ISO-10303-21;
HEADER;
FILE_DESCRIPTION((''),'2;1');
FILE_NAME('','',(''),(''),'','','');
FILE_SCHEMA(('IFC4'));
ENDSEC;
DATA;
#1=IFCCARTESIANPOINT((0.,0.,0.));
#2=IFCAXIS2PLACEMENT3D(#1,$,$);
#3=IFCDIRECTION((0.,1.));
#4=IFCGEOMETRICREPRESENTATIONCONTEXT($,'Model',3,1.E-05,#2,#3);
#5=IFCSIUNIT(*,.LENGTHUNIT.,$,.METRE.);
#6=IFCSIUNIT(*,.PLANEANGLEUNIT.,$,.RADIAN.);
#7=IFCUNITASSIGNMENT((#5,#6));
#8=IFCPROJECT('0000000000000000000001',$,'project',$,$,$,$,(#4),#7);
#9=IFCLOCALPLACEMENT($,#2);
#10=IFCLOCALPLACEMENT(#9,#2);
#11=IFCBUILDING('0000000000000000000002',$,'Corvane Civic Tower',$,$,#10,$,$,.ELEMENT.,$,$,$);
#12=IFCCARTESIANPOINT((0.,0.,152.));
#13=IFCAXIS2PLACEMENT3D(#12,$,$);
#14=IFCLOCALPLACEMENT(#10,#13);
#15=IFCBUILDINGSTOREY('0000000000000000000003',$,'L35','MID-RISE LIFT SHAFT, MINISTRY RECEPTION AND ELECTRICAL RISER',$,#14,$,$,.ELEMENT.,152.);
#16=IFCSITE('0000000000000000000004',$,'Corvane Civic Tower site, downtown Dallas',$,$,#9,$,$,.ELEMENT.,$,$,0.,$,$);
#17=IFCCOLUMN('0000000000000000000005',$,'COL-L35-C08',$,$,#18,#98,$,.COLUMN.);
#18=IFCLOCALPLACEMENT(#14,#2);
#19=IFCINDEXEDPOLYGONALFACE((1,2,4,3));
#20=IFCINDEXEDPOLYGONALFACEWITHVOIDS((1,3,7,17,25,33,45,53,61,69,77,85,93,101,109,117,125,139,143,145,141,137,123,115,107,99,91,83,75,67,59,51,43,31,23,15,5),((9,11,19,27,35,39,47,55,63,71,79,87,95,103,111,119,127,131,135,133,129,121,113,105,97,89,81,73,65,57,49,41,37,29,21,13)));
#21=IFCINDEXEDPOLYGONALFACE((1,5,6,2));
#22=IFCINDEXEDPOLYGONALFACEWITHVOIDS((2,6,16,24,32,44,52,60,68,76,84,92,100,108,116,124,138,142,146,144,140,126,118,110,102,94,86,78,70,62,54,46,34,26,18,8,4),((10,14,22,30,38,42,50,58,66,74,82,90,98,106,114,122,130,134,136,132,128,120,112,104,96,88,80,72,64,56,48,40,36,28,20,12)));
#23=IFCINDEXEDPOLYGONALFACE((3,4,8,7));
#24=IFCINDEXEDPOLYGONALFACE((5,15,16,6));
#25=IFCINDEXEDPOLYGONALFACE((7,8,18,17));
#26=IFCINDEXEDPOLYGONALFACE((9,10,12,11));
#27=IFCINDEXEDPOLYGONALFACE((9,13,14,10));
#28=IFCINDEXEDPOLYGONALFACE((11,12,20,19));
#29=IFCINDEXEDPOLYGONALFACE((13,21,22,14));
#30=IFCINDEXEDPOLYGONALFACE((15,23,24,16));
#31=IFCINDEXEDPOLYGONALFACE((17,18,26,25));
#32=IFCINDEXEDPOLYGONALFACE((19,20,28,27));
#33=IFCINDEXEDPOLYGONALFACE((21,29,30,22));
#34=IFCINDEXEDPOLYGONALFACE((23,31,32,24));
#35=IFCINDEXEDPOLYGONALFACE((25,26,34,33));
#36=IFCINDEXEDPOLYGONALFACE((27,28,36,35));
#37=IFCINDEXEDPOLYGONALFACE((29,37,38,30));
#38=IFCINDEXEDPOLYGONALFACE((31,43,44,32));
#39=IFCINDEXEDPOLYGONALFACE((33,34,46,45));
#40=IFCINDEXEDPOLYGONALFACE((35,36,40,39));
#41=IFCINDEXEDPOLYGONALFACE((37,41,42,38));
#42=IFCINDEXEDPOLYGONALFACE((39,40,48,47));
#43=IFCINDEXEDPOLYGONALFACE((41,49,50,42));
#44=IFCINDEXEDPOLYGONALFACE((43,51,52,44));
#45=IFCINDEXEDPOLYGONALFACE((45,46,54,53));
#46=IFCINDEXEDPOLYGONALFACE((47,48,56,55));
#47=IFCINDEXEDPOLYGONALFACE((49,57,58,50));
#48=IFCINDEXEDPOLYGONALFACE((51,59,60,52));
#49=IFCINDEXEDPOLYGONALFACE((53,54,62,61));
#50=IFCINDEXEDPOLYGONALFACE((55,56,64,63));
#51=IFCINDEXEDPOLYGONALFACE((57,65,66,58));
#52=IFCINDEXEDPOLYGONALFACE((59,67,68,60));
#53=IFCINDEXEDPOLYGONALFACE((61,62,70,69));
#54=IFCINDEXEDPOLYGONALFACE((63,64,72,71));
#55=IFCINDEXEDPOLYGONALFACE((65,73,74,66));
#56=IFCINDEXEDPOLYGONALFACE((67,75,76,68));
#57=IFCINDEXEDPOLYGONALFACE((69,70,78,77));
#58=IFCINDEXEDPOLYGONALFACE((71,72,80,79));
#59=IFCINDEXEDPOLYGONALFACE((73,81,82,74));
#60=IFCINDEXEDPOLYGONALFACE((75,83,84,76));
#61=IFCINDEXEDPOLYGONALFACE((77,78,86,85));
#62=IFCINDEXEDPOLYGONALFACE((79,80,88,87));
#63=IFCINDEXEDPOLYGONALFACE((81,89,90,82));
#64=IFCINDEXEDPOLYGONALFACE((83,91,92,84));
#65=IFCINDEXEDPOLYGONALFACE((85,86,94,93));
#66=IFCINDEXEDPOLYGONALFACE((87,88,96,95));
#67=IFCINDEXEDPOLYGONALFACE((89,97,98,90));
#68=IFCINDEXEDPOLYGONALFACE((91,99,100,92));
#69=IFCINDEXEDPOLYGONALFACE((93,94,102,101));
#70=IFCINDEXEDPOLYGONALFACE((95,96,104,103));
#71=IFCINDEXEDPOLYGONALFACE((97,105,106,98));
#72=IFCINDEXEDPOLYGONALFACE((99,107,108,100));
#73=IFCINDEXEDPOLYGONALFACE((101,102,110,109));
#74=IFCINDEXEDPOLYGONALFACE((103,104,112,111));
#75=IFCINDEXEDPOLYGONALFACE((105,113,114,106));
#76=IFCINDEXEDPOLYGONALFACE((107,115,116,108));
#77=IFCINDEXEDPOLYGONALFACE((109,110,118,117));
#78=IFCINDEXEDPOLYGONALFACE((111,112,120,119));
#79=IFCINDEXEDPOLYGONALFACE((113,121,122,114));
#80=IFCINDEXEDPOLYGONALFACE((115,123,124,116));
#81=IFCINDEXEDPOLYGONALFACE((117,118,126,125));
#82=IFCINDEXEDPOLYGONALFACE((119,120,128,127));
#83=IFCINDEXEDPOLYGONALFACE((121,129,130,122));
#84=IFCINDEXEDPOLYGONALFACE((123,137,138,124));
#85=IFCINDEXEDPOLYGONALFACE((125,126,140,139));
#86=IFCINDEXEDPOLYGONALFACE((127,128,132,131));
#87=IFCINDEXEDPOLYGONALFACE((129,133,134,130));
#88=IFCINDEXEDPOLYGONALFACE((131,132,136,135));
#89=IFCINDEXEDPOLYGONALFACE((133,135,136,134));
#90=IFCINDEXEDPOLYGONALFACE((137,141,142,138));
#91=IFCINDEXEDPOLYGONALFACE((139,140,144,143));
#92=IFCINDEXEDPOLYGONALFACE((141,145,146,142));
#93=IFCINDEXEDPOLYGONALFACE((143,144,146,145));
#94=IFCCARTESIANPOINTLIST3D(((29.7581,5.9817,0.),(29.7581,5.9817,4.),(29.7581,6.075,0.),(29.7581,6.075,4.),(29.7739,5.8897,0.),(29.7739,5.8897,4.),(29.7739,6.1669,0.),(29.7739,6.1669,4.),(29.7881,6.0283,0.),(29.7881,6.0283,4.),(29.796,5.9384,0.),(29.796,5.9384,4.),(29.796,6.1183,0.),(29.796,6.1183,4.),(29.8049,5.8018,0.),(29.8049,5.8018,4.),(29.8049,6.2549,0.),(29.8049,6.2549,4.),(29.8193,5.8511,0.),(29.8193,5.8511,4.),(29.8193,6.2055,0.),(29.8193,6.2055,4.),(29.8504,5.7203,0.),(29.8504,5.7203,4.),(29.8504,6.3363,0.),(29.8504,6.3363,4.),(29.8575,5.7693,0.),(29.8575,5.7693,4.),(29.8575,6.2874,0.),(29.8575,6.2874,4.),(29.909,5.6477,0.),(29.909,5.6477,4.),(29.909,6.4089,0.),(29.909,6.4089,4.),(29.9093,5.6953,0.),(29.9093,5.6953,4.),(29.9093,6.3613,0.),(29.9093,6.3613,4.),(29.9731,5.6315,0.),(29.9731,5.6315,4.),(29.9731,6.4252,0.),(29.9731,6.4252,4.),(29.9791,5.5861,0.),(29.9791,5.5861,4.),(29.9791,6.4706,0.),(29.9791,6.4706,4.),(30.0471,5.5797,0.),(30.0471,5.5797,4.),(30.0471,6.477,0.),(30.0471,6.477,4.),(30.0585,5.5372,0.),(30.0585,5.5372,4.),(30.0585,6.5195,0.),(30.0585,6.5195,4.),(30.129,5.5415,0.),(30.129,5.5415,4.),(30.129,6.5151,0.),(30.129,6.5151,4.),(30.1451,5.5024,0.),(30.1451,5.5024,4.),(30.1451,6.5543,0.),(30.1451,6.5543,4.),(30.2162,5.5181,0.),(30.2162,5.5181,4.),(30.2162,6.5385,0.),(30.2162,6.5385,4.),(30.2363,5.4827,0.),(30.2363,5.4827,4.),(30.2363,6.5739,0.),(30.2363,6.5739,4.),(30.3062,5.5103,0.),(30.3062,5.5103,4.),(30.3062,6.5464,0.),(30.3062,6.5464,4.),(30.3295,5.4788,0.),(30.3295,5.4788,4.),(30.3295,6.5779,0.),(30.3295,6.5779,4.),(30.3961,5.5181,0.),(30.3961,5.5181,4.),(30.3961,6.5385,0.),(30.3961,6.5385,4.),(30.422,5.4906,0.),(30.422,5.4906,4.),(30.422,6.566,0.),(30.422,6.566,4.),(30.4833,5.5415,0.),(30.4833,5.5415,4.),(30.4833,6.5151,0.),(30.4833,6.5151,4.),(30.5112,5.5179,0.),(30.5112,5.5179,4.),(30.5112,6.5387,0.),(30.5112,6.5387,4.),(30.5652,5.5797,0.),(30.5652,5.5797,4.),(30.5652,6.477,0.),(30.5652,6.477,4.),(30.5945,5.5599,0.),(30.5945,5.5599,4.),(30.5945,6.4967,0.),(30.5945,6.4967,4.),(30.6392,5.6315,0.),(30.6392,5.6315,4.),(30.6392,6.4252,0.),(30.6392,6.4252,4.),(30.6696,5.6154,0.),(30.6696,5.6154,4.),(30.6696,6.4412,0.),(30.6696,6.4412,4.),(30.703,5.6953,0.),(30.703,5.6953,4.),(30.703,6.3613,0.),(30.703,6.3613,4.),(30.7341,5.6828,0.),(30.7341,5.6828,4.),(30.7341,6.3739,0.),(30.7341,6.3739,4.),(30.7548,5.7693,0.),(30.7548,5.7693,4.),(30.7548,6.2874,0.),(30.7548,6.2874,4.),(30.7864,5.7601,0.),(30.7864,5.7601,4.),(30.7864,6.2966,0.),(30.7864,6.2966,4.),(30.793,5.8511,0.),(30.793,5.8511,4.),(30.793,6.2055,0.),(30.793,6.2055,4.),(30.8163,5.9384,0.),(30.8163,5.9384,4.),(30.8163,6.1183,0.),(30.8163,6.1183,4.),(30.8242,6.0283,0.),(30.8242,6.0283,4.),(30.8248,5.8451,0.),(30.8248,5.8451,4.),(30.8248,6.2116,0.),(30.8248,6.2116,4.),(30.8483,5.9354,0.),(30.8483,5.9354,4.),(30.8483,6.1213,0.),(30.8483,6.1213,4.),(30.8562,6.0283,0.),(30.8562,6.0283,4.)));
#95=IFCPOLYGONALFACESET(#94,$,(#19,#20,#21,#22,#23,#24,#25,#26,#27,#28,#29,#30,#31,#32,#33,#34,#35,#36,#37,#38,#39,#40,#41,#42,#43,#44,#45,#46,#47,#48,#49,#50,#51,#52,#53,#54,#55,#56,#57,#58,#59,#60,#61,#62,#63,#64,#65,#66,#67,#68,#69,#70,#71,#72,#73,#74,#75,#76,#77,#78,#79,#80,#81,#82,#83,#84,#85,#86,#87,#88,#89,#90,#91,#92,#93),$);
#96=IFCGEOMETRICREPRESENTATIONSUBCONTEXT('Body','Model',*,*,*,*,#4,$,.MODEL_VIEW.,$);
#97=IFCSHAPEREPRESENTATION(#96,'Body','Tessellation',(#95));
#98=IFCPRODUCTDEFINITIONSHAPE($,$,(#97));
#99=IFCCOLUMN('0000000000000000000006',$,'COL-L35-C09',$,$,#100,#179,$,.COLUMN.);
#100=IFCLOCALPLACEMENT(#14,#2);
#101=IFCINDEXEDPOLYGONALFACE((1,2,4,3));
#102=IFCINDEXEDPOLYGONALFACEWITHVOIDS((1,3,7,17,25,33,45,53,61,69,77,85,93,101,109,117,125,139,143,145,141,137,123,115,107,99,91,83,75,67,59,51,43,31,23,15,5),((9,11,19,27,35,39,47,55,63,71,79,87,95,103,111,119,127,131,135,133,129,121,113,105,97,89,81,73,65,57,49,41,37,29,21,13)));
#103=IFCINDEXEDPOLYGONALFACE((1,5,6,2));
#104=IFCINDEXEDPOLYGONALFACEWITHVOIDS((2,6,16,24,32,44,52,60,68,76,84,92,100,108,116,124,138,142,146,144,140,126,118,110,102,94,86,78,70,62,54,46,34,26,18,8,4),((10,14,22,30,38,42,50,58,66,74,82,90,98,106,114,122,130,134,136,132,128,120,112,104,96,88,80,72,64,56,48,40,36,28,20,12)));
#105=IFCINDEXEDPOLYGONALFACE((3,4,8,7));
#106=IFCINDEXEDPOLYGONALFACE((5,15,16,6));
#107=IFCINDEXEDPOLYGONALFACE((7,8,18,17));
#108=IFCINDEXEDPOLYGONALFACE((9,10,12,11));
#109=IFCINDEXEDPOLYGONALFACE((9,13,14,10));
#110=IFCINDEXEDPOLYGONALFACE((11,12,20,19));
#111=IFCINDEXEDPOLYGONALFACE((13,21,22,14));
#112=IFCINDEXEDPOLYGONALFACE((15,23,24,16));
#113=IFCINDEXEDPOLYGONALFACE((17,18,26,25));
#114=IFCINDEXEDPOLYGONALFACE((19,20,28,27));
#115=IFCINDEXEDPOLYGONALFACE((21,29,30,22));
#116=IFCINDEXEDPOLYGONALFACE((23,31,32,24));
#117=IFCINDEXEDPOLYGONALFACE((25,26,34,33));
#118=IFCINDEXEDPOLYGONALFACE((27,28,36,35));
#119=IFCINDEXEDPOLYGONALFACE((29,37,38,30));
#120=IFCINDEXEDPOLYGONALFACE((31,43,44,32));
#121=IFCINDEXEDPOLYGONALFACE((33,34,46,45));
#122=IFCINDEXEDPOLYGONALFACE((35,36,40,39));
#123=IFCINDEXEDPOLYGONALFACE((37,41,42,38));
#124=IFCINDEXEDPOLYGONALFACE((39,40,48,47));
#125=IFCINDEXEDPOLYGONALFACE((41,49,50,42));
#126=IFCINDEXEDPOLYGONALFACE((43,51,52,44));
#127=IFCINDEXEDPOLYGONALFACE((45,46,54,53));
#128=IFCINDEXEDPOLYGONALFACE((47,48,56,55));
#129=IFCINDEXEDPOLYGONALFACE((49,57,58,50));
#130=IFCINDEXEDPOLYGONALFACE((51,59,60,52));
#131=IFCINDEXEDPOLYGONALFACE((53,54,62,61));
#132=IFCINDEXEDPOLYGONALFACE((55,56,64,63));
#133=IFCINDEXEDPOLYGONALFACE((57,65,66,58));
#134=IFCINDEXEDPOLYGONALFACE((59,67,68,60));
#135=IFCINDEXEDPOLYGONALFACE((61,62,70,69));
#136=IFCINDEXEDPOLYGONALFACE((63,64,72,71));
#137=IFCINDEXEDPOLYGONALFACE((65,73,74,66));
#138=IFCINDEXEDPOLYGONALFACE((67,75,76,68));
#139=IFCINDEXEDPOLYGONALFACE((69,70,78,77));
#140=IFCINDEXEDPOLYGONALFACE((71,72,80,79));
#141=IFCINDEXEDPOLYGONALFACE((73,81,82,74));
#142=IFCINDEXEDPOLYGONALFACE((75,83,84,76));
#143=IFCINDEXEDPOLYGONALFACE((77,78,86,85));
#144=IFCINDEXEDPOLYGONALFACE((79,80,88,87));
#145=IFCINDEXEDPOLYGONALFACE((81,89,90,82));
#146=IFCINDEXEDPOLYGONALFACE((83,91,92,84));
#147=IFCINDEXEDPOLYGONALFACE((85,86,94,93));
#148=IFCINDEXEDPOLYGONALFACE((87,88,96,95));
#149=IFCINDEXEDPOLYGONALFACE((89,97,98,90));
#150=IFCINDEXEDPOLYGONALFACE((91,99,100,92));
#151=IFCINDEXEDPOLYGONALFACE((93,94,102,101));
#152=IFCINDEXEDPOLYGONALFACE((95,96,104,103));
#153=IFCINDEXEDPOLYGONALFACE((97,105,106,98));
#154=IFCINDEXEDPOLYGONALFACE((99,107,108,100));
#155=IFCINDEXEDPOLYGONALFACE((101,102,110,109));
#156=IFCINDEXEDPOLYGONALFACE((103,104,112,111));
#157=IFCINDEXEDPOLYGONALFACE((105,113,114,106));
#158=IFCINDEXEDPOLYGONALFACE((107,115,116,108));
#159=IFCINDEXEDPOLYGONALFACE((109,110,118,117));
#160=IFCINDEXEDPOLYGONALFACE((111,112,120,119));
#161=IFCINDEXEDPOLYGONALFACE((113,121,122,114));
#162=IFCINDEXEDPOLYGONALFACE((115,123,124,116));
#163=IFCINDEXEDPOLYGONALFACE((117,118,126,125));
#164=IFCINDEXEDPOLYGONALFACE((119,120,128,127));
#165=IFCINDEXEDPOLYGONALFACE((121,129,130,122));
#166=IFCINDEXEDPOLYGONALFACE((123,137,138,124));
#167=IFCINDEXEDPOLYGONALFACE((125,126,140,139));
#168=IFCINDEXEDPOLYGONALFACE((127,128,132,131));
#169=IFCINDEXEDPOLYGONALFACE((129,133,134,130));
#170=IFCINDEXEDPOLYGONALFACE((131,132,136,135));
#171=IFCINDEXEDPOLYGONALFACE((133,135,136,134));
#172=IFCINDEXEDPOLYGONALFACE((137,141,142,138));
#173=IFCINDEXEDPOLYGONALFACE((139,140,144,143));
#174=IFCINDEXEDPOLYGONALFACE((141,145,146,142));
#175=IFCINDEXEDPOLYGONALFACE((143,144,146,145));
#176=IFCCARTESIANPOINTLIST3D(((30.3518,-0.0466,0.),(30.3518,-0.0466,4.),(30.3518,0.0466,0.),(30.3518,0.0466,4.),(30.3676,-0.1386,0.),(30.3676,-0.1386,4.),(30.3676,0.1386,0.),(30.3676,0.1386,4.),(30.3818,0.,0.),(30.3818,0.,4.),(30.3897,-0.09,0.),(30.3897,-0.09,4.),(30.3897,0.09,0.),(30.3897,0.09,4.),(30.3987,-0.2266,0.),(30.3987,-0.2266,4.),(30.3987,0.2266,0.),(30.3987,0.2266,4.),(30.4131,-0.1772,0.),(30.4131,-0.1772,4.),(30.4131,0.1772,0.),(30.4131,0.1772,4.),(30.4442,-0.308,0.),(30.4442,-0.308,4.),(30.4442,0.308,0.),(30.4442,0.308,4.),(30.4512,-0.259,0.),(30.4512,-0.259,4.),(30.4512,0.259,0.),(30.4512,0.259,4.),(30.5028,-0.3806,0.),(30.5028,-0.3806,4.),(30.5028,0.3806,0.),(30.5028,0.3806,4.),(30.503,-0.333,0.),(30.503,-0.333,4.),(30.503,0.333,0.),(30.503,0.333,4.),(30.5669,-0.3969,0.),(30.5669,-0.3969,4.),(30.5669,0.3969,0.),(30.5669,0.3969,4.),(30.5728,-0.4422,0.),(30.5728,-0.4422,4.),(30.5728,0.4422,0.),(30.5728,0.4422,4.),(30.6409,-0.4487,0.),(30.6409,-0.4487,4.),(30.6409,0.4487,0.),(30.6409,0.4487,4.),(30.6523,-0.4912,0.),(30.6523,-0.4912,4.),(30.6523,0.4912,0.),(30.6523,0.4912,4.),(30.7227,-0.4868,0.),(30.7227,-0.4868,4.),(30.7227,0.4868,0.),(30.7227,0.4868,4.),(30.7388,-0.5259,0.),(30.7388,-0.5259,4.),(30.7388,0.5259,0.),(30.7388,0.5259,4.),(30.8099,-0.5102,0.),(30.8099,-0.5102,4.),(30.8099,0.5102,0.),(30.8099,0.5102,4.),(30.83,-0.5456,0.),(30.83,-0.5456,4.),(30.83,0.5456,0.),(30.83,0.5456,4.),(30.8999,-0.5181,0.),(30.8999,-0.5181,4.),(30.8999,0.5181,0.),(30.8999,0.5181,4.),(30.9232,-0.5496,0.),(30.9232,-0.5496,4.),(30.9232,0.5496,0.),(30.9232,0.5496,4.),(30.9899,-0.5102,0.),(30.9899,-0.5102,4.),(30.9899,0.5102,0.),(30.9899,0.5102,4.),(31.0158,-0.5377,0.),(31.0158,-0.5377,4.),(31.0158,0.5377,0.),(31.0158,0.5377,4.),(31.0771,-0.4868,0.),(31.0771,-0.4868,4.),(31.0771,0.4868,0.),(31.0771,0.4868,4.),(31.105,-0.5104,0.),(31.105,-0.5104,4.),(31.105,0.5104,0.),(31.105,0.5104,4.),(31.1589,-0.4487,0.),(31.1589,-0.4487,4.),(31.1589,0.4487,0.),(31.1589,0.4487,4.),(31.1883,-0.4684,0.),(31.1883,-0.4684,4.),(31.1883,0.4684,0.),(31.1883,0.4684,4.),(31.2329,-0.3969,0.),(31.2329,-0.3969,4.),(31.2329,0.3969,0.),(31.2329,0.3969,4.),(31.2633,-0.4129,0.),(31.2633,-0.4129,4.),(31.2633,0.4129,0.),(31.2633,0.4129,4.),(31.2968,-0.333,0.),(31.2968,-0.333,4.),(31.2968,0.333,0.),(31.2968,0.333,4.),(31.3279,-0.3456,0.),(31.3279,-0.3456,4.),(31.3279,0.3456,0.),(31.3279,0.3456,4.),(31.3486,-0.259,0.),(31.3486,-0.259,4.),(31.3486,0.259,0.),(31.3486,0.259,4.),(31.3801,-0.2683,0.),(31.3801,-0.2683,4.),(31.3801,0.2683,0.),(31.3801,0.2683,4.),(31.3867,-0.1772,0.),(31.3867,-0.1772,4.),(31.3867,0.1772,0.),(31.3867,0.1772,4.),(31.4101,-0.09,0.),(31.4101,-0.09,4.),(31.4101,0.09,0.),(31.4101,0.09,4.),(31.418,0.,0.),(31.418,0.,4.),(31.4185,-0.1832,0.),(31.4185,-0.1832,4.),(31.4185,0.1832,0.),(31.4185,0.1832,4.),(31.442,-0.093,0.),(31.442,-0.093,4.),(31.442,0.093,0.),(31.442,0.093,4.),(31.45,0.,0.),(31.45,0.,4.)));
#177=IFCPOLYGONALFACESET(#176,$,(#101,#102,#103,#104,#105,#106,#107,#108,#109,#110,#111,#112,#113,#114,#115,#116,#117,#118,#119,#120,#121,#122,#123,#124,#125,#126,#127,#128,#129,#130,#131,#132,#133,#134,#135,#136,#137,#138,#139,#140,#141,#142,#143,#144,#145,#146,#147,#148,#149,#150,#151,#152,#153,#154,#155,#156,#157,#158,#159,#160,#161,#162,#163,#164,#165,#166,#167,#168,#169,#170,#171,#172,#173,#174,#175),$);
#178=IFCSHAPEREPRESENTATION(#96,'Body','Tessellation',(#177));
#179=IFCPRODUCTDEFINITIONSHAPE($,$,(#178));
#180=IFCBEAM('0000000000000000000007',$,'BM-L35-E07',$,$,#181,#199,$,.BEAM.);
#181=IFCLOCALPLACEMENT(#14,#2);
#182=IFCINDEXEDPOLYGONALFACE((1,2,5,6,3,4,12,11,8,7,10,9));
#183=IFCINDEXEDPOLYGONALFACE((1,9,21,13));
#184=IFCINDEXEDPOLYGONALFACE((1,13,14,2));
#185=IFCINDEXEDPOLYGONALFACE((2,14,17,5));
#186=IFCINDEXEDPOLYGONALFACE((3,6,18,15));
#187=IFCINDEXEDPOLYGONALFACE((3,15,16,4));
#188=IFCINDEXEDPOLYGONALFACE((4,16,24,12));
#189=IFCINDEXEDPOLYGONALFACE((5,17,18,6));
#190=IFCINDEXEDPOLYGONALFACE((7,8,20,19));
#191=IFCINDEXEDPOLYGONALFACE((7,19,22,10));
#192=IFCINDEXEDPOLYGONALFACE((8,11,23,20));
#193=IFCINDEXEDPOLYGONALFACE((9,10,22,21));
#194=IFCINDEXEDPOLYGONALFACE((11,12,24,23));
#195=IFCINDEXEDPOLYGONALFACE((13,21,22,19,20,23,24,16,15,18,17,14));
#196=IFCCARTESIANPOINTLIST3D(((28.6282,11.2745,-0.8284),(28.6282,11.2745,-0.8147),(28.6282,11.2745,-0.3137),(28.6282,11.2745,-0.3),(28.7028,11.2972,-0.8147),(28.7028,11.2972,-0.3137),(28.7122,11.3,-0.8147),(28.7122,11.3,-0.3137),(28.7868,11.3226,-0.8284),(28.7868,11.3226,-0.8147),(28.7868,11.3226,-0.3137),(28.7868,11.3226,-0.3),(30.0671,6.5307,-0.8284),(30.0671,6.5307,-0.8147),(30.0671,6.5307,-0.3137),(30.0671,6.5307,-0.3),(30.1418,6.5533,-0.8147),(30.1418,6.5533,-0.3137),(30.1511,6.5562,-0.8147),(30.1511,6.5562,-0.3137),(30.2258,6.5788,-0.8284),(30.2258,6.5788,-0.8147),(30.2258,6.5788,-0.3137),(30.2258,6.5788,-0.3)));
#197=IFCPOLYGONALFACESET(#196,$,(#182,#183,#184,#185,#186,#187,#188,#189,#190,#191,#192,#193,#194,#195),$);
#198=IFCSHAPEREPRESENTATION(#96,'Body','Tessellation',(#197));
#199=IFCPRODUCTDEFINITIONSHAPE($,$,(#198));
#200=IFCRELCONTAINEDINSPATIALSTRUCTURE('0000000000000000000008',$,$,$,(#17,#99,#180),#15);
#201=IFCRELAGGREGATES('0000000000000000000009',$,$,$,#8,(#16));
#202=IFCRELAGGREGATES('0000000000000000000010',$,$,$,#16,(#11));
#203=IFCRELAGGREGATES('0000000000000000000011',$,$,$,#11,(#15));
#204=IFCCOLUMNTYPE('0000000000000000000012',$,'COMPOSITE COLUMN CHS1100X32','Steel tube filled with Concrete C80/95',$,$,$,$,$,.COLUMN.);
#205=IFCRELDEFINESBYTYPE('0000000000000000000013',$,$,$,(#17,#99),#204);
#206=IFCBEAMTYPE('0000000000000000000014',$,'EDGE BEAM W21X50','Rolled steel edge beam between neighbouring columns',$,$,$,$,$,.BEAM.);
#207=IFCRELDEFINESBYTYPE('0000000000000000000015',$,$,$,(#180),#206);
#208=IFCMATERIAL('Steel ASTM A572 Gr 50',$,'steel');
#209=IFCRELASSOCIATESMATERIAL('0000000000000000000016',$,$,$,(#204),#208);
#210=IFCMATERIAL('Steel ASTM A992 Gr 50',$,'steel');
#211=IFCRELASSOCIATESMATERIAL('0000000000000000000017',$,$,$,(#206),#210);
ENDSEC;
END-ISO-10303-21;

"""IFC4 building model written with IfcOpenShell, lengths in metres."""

from ifc_helpers import new_model, si_unit, direction, frame, origin, origin_2d, place, context, subcontext, project, spatial, hollow_circle, i_section, extrude, material, material_profile, profile_set, type_object, element, save


model = new_model("IFC4")

# Units and contexts
model_context = context("Model", 3, precision=1e-05, world=origin(), true_north=direction((0.0, 1.0)))
body_context = subcontext(model_context, "Body", "Model", "MODEL_VIEW")
ifc_project = project(units=[si_unit("LENGTHUNIT", "METRE"), si_unit("PLANEANGLEUNIT", "RADIAN")], contexts=[model_context])

# Site, building, storey
site_placement = place(None, origin())
site = spatial("IfcSite", under=ifc_project, at=site_placement, Name="Corvane Civic Tower site, downtown Dallas", CompositionType="ELEMENT", RefElevation=0.0)
building_placement = place(site_placement, origin())
building = spatial("IfcBuilding", under=site, at=building_placement, Name="Corvane Civic Tower", CompositionType="ELEMENT")
storey_placement = place(building_placement, frame((0.0, 0.0, 152.0)))
storey = spatial("IfcBuildingStorey", under=building, at=storey_placement, Name="L35", Description="MID-RISE LIFT SHAFT, MINISTRY RECEPTION AND ELECTRICAL RISER", CompositionType="ELEMENT", Elevation=152.0)

# Columns
ifc_material_1 = material(Name="Steel ASTM A572 Gr 50", Category="steel")
ifc_material_profile_1 = material_profile(ifc_material_1, hollow_circle(Radius=0.55, WallThickness=0.032, at=origin_2d()), Name="CHS1100X32")
ifc_profile_set_1 = profile_set([ifc_material_profile_1], Name="Steel ASTM A572 Gr 50")
column_type = type_object("IfcColumnType", Name="COMPOSITE COLUMN CHS1100X32", Description="Steel tube filled with Concrete C80/95", PredefinedType="COLUMN", material=ifc_profile_set_1)
for number, where, z_axis, x_axis, name in (
    (1, (30.3062, 6.0283, 0.0), (0.0, 0.0, 1.0), (1.0, 0.0, 0.0), "COL-L35-C08"),
    (2, (30.8999, 0.0, 0.0), (0.0, 0.0, 1.0), (1.0, 0.0, 0.0), "COL-L35-C09"),
):
    element("IfcColumn", number, at=place(storey_placement, frame(where, z_axis=z_axis, x_axis=x_axis)), inside=storey, type_object=column_type, Name=name, PredefinedType="COLUMN", context=body_context, shape_type="SweptSolid", body=[
        extrude(hollow_circle(Radius=0.55, WallThickness=0.032, at=origin_2d()), origin(), (0.0, 0.0, 1.0), 4.0),
    ])

# Beam
ifc_material_2 = material(Name="Steel ASTM A992 Gr 50", Category="steel")
ifc_material_profile_2 = material_profile(ifc_material_2, i_section(OverallWidth=0.1658, OverallDepth=0.5283, WebThickness=0.0098, FlangeThickness=0.0137, at=origin_2d()), Name="W21X50")
ifc_profile_set_2 = profile_set([ifc_material_profile_2], Name="Steel ASTM A992 Gr 50")
beam_type_1 = type_object("IfcBeamType", Name="EDGE BEAM W21X50", Description="Rolled steel edge beam between neighbouring columns", PredefinedType="BEAM", material=ifc_profile_set_2)
beam_1_placement = place(storey_placement, frame((28.7075, 11.2986, -0.5642), z_axis=(0.29027, -0.956945, 0.0), x_axis=(0.956945, 0.29027, 0.0)))
element("IfcBeam", 3, at=beam_1_placement, inside=storey, type_object=beam_type_1, Name="BM-L35-E07", PredefinedType="BEAM", context=body_context, shape_type="SweptSolid", body=[
    extrude(i_section(OverallWidth=0.1658, OverallDepth=0.5283, WebThickness=0.0098, FlangeThickness=0.0137, at=origin_2d()), origin(), (0.0, 0.0, 1.0), 4.9573),
])

save(model, "model.ifc")
